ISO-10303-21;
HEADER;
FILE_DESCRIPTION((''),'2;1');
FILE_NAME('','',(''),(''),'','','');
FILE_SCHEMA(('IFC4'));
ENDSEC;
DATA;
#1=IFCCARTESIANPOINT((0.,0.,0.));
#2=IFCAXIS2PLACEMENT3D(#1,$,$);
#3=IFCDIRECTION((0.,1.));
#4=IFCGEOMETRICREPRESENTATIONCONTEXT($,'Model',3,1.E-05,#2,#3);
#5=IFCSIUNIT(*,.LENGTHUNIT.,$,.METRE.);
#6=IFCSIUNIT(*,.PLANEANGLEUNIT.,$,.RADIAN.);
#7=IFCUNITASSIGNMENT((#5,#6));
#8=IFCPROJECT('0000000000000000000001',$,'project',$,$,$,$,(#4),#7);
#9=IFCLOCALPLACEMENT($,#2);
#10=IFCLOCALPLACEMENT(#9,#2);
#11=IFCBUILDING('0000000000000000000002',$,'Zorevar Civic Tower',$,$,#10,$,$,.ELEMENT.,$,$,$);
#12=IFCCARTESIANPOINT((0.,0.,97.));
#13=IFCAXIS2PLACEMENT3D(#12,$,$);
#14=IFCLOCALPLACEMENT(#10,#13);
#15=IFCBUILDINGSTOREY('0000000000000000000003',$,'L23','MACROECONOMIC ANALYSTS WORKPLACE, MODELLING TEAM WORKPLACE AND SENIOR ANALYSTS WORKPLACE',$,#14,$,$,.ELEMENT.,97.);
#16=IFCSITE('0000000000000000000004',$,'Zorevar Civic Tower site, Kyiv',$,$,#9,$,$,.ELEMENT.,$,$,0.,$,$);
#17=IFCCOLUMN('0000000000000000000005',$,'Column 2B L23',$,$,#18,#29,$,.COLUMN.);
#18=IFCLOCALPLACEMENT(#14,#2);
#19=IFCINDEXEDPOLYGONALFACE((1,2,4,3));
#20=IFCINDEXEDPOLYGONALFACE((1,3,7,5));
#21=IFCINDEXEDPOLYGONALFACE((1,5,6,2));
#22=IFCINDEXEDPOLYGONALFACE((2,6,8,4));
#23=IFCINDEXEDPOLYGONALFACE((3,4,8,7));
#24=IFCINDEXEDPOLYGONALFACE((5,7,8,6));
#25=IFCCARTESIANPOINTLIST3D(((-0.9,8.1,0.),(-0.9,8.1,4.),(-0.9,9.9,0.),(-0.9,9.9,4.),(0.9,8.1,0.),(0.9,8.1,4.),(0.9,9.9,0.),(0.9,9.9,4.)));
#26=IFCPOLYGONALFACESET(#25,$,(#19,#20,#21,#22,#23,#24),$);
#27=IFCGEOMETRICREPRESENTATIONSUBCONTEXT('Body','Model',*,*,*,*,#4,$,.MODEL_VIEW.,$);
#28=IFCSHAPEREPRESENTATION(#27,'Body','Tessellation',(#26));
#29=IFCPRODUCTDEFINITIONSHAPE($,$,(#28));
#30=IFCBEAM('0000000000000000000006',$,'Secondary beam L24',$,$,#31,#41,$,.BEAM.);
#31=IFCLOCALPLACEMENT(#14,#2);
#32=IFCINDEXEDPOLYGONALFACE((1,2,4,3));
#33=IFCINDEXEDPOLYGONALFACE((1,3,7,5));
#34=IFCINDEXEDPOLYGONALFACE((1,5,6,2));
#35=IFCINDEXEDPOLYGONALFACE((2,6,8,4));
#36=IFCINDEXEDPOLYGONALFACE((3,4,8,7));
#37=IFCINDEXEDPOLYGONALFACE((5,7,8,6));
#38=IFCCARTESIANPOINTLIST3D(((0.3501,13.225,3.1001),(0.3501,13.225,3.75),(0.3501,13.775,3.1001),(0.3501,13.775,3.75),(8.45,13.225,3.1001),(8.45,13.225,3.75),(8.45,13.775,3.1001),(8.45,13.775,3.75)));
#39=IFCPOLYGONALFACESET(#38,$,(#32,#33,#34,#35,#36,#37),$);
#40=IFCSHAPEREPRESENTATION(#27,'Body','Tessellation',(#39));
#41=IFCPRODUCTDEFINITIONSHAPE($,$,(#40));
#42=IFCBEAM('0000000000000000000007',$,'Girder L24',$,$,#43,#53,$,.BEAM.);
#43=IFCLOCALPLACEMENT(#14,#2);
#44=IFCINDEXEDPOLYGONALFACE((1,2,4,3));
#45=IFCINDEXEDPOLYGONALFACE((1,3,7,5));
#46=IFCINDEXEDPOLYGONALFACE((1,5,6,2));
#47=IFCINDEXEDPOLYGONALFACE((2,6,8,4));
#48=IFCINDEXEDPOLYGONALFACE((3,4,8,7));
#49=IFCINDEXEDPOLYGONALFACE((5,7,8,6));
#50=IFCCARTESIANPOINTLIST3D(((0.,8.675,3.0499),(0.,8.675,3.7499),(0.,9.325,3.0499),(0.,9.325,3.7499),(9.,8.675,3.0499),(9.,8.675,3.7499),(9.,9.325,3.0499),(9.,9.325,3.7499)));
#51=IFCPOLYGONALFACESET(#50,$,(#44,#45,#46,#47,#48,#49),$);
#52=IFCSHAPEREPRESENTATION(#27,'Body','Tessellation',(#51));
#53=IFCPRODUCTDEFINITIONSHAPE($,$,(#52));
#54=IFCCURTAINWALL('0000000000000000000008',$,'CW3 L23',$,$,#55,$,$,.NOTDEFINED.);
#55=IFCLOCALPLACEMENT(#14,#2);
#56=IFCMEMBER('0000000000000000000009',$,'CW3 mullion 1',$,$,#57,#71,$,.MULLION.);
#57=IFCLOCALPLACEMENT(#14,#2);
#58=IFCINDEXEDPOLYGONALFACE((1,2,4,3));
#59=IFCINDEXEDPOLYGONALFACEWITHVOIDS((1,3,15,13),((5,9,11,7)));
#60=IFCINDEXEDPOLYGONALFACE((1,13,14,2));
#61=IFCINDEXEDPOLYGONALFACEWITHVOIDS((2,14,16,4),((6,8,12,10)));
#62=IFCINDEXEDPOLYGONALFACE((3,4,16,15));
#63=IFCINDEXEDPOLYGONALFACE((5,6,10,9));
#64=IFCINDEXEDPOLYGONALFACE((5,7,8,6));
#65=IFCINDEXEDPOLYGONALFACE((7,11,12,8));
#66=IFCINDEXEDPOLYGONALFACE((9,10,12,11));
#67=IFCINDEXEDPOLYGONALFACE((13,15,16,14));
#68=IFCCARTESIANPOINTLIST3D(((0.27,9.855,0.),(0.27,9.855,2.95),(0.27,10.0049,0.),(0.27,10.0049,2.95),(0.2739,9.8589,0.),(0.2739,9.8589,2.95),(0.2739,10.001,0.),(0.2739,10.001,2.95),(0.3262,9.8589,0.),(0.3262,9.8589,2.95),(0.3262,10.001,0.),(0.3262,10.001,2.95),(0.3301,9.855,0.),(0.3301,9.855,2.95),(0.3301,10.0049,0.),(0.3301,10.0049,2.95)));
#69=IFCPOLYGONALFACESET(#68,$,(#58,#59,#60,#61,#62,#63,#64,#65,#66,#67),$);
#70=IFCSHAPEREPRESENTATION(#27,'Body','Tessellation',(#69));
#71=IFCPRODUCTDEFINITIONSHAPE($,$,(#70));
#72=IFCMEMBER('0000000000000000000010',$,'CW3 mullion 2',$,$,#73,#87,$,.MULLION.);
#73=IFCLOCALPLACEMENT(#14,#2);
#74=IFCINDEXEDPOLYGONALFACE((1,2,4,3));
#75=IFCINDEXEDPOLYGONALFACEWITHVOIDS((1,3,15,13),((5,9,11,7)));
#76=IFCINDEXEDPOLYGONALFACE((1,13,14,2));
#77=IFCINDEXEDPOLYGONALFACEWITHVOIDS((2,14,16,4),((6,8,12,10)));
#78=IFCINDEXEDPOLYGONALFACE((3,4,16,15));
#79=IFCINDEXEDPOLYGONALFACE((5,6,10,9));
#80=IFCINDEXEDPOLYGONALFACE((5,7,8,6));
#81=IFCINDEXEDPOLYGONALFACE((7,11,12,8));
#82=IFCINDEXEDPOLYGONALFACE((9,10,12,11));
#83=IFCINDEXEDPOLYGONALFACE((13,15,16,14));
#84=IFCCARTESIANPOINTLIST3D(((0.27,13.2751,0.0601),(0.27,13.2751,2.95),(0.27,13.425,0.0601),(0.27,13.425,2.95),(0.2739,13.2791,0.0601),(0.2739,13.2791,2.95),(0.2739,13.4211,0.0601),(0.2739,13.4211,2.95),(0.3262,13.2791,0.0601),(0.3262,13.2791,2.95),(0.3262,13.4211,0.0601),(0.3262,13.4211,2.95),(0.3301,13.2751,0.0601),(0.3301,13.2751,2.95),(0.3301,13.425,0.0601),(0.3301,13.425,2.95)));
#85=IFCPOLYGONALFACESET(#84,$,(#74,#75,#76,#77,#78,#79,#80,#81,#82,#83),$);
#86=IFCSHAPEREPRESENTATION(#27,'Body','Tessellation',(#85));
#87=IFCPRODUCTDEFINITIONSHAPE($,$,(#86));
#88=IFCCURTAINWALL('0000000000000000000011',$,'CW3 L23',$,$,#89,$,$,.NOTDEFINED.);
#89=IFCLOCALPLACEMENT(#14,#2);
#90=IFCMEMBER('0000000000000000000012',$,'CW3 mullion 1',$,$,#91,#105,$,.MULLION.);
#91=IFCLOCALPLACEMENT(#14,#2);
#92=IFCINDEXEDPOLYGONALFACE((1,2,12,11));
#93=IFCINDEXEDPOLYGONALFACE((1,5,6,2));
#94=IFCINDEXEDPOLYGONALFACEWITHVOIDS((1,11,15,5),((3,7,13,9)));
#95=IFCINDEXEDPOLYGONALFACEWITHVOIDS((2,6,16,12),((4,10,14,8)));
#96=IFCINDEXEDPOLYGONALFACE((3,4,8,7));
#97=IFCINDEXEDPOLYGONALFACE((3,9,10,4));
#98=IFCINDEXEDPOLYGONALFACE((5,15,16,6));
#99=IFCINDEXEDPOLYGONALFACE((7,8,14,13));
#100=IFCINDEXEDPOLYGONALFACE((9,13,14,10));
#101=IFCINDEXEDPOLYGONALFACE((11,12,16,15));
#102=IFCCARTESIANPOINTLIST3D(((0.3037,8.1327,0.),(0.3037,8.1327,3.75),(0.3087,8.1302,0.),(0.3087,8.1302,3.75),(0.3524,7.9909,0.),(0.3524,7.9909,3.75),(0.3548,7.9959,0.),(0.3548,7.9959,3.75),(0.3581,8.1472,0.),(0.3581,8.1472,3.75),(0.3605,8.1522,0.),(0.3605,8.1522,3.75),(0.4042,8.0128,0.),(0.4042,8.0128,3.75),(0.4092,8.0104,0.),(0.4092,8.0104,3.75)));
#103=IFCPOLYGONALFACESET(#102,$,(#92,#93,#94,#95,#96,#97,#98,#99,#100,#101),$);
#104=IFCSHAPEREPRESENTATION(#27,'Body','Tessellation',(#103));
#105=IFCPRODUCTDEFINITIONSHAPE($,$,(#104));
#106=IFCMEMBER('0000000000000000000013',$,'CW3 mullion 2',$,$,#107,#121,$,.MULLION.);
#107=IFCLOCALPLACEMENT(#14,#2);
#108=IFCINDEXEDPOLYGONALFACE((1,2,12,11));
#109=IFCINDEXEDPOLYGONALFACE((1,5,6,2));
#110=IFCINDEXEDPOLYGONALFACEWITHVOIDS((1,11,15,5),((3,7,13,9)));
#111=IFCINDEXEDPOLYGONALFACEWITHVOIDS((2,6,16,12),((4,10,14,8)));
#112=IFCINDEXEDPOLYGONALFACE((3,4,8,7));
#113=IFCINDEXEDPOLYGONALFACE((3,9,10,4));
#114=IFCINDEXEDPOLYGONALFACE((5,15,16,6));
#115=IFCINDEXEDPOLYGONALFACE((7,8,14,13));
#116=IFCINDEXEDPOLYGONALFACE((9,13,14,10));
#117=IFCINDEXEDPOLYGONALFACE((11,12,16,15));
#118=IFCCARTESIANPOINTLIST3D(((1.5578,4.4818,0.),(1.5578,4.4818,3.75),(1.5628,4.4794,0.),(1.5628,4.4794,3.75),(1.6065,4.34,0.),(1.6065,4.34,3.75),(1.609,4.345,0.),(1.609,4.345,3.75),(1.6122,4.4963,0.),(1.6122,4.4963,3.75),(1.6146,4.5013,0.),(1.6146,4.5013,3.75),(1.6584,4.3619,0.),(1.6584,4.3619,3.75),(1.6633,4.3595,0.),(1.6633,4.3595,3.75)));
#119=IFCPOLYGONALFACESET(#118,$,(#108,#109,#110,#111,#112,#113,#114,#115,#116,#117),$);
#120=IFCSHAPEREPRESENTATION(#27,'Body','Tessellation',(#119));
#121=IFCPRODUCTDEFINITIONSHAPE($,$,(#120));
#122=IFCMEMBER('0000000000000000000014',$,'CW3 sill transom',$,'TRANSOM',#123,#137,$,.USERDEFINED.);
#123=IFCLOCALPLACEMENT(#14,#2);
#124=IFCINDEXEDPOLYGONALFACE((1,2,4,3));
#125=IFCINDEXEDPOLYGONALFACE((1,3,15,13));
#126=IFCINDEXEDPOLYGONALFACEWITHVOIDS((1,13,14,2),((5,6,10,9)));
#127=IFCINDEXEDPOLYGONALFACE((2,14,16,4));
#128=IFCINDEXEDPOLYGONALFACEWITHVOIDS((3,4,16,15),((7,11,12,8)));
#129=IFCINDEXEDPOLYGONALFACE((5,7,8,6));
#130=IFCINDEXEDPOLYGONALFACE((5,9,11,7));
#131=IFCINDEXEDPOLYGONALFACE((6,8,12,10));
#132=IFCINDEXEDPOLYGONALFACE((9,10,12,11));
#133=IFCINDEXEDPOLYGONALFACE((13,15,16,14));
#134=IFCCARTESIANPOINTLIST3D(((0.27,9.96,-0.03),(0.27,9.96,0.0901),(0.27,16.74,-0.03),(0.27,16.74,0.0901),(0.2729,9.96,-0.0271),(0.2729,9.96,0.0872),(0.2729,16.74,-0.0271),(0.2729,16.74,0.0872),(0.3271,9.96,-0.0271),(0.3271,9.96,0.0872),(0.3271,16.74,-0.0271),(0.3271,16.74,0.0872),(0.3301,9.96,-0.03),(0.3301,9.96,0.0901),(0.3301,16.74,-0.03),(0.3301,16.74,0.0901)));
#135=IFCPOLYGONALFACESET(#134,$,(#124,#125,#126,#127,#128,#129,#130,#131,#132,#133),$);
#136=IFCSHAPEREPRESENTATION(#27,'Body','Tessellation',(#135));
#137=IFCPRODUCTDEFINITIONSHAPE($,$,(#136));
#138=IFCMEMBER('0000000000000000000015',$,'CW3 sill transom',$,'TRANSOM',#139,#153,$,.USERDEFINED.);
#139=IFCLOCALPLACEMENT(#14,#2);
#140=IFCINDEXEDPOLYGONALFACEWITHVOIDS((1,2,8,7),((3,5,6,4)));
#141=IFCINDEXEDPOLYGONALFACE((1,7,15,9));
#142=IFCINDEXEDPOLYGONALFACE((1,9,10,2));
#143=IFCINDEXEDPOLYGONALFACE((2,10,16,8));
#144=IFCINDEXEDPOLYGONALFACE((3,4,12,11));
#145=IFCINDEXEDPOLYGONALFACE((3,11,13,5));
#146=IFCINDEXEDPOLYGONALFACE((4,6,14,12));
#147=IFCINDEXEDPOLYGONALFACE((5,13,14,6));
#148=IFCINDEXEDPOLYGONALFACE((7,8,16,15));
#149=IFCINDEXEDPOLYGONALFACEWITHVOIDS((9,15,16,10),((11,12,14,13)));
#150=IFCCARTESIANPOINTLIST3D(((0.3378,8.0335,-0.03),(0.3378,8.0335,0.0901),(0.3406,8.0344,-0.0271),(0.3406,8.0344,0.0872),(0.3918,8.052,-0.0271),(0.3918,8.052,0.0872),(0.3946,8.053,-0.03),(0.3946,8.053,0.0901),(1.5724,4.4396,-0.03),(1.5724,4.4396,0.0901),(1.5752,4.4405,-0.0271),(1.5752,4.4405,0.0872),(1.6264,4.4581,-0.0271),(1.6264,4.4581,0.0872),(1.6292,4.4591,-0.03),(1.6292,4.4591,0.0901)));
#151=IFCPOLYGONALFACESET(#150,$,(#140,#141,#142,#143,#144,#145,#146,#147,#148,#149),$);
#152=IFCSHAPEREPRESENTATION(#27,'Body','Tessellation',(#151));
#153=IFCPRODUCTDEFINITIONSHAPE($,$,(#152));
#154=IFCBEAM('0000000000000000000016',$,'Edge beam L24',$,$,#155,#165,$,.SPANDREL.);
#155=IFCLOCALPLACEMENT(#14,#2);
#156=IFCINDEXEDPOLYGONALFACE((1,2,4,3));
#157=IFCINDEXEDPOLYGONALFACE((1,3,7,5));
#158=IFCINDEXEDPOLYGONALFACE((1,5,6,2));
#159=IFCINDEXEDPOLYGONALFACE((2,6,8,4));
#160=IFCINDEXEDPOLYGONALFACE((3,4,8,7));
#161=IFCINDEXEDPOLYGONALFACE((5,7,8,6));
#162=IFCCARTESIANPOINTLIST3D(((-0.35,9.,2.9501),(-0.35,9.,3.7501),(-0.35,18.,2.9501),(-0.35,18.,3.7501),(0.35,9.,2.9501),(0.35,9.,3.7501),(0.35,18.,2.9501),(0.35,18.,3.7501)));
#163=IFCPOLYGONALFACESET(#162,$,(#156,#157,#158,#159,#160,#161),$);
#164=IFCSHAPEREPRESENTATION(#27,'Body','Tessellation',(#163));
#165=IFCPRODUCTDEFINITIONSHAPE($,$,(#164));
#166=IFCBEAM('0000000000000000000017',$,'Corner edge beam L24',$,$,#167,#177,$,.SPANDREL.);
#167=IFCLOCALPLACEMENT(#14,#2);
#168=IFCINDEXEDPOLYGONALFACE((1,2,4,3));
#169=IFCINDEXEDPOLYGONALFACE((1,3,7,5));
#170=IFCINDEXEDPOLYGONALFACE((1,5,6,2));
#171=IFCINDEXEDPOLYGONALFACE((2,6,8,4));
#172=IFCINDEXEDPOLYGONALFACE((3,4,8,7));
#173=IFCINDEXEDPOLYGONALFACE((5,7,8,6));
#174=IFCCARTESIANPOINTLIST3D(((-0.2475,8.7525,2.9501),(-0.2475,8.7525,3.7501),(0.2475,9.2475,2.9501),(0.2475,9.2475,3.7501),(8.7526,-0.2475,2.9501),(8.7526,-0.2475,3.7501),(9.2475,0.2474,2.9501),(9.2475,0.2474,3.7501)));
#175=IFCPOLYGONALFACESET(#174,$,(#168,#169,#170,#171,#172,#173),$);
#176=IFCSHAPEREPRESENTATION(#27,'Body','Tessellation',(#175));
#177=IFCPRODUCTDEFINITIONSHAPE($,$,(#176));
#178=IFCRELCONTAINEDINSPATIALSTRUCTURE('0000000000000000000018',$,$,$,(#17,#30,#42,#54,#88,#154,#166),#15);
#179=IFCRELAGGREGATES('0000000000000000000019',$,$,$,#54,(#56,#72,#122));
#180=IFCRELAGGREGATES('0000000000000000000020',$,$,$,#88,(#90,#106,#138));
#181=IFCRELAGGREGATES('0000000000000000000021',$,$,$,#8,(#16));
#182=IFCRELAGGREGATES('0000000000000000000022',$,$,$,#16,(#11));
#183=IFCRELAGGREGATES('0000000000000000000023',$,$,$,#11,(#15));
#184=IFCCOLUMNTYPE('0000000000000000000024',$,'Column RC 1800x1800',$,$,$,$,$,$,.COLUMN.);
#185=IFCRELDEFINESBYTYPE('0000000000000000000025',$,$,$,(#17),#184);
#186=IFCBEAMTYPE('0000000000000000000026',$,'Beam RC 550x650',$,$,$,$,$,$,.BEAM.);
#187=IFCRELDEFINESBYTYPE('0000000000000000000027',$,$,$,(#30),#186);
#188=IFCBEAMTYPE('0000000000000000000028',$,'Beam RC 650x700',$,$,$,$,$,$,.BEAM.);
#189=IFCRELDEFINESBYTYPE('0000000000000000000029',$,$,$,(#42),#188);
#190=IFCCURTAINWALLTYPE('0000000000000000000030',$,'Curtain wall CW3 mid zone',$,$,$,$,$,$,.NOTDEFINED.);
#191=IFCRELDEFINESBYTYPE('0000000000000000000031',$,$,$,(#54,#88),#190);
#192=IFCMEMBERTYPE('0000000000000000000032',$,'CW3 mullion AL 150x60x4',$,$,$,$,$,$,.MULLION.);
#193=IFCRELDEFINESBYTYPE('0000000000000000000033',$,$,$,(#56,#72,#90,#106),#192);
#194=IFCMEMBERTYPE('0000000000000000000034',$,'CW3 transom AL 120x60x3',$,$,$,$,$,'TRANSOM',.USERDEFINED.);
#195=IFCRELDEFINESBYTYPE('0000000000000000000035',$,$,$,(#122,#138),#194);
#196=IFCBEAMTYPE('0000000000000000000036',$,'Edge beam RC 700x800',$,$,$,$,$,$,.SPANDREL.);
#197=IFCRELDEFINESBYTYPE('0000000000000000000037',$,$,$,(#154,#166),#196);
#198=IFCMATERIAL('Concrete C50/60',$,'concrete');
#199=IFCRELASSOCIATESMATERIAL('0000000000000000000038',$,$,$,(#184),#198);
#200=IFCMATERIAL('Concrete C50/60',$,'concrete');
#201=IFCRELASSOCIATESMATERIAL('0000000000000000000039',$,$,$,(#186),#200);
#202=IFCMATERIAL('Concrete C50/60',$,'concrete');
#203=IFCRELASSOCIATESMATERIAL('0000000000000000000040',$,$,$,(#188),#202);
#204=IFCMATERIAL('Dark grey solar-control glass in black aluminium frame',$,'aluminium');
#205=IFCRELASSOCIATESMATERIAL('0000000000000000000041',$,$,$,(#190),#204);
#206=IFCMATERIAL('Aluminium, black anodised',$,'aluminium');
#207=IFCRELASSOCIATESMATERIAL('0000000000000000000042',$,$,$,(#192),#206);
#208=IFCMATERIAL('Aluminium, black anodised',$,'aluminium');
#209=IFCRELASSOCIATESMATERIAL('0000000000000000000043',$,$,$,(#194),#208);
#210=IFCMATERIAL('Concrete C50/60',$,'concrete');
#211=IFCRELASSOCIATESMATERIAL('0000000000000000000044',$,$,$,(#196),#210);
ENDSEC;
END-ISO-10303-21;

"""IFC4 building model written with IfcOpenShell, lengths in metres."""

from ifc_helpers import new_model, si_unit, direction, frame, origin, origin_2d, place, context, subcontext, project, spatial, rectangle, hollow_rectangle, extrude, material, material_profile, profile_set, type_object, element, aggregate, save


model = new_model("IFC4")

# Units and contexts
model_context = context("Model", 3, precision=1e-05, world=origin(), true_north=direction((0.0, 1.0)))
body_context = subcontext(model_context, "Body", "Model", "MODEL_VIEW")
ifc_project = project(units=[si_unit("LENGTHUNIT", "METRE"), si_unit("PLANEANGLEUNIT", "RADIAN")], contexts=[model_context])

# Site, building, storey
site_placement = place(None, origin())
site = spatial("IfcSite", under=ifc_project, at=site_placement, Name="Zorevar Civic Tower site, Kyiv", CompositionType="ELEMENT", RefElevation=0.0)
building_placement = place(site_placement, origin())
building = spatial("IfcBuilding", under=site, at=building_placement, Name="Zorevar Civic Tower", CompositionType="ELEMENT")
storey_placement = place(building_placement, frame((0.0, 0.0, 97.0)))
storey = spatial("IfcBuildingStorey", under=building, at=storey_placement, Name="L23", Description="MACROECONOMIC ANALYSTS WORKPLACE, MODELLING TEAM WORKPLACE AND SENIOR ANALYSTS WORKPLACE", CompositionType="ELEMENT", Elevation=97.0)

# Column
ifc_material_1 = material(Name="Concrete C50/60", Category="concrete")
ifc_material_profile_1 = material_profile(ifc_material_1, rectangle(XDim=1.8, YDim=1.8, at=origin_2d()), Name="RC 1800x1800")
ifc_profile_set_1 = profile_set([ifc_material_profile_1], Name="Concrete C50/60")
column_type = type_object("IfcColumnType", Name="Column RC 1800x1800", PredefinedType="COLUMN", material=ifc_profile_set_1)
column_placement = place(storey_placement, frame((0.0, 9.0, 0.0), z_axis=(0.0, 0.0, 1.0), x_axis=(1.0, 0.0, 0.0)))
element("IfcColumn", 1, at=column_placement, inside=storey, type_object=column_type, Name="Column 2B L23", PredefinedType="COLUMN", context=body_context, shape_type="SweptSolid", body=[
    extrude(rectangle(XDim=1.8, YDim=1.8, at=origin_2d()), origin(), (0.0, 0.0, 1.0), 4.0),
])

# Beams
ifc_material_2 = material(Name="Concrete C50/60", Category="concrete")
ifc_material_profile_2 = material_profile(ifc_material_2, rectangle(XDim=0.55, YDim=0.6499, at=origin_2d()), Name="RC 550x650")
ifc_profile_set_2 = profile_set([ifc_material_profile_2], Name="Concrete C50/60")
beam_type_1 = type_object("IfcBeamType", Name="Beam RC 550x650", PredefinedType="BEAM", material=ifc_profile_set_2)
beam_1_placement = place(storey_placement, frame((0.3501, 13.5, 3.425), z_axis=(1.0, 0.0, 0.0), x_axis=(0.0, 1.0, 0.0)))
element("IfcBeam", 2, at=beam_1_placement, inside=storey, type_object=beam_type_1, Name="Secondary beam L24", PredefinedType="BEAM", context=body_context, shape_type="SweptSolid", body=[
    extrude(rectangle(XDim=0.55, YDim=0.6499, at=origin_2d()), origin(), (0.0, 0.0, 1.0), 8.0999),
])
ifc_material_3 = material(Name="Concrete C50/60", Category="concrete")
ifc_material_profile_3 = material_profile(ifc_material_3, rectangle(XDim=0.6499, YDim=0.7, at=origin_2d()), Name="RC 650x700")
ifc_profile_set_3 = profile_set([ifc_material_profile_3], Name="Concrete C50/60")
beam_type_2 = type_object("IfcBeamType", Name="Beam RC 650x700", PredefinedType="BEAM", material=ifc_profile_set_3)
beam_2_placement = place(storey_placement, frame((0.0, 9.0, 3.3999), z_axis=(1.0, 0.0, 0.0), x_axis=(0.0, 1.0, 0.0)))
element("IfcBeam", 3, at=beam_2_placement, inside=storey, type_object=beam_type_2, Name="Girder L24", PredefinedType="BEAM", context=body_context, shape_type="SweptSolid", body=[
    extrude(rectangle(XDim=0.6499, YDim=0.7, at=origin_2d()), origin(), (0.0, 0.0, 1.0), 9.0),
])

# Curtain walls, members
ifc_material_4 = material(Name="Dark grey solar-control glass in black aluminium frame", Category="aluminium")
curtain_wall_type = type_object("IfcCurtainWallType", Name="Curtain wall CW3 mid zone", PredefinedType="NOTDEFINED", material=ifc_material_4)
curtain_wall_1_placement = place(storey_placement, origin())
curtain_wall_1 = element("IfcCurtainWall", 4, at=curtain_wall_1_placement, inside=storey, type_object=curtain_wall_type, Name="CW3 L23", PredefinedType="NOTDEFINED")
ifc_material_5 = material(Name="Aluminium, black anodised", Category="aluminium")
ifc_material_profile_4 = material_profile(ifc_material_5, hollow_rectangle(XDim=0.0601, YDim=0.1499, WallThickness=0.0039, at=origin_2d()), Name="AL 150x60x4")
ifc_profile_set_4 = profile_set([ifc_material_profile_4], Name="Aluminium, black anodised")
member_type_1 = type_object("IfcMemberType", Name="CW3 mullion AL 150x60x4", PredefinedType="MULLION", material=ifc_profile_set_4)
member_1_placement = place(storey_placement, frame((0.3, 9.9299, 0.0), z_axis=(0.0, 0.0, 1.0), x_axis=(-1.0, 0.0, 0.0)))
member_1 = element("IfcMember", 5, at=member_1_placement, type_object=member_type_1, Name="CW3 mullion 1", PredefinedType="MULLION", context=body_context, shape_type="SweptSolid", body=[
    extrude(hollow_rectangle(XDim=0.0601, YDim=0.1499, WallThickness=0.0039, at=origin_2d()), origin(), (0.0, 0.0, 1.0), 2.95),
])
member_2_placement = place(storey_placement, frame((0.3, 13.3501, 0.0601), z_axis=(0.0, 0.0, 1.0), x_axis=(-1.0, 0.0, 0.0)))
member_2 = element("IfcMember", 6, at=member_2_placement, type_object=member_type_1, Name="CW3 mullion 2", PredefinedType="MULLION", context=body_context, shape_type="SweptSolid", body=[
    extrude(hollow_rectangle(XDim=0.0601, YDim=0.1499, WallThickness=0.0039, at=origin_2d()), origin(), (0.0, 0.0, 1.0), 2.8899),
])
curtain_wall_2_placement = place(storey_placement, origin())
curtain_wall_2 = element("IfcCurtainWall", 7, at=curtain_wall_2_placement, inside=storey, type_object=curtain_wall_type, Name="CW3 L23", PredefinedType="NOTDEFINED")
member_3_placement = place(storey_placement, frame((0.3564, 8.0715, 0.0), z_axis=(0.0, 0.0, 1.0), x_axis=(0.945756, 0.324878, 0.0)))
member_3 = element("IfcMember", 8, at=member_3_placement, type_object=member_type_1, Name="CW3 mullion 1", PredefinedType="MULLION", context=body_context, shape_type="SweptSolid", body=[
    extrude(hollow_rectangle(XDim=0.0601, YDim=0.1499, WallThickness=0.0039, at=origin_2d()), origin(), (0.0, 0.0, 1.0), 3.75),
])
member_4_placement = place(storey_placement, frame((1.6106, 4.4207, 0.0), z_axis=(0.0, 0.0, 1.0), x_axis=(0.945756, 0.324878, 0.0)))
member_4 = element("IfcMember", 9, at=member_4_placement, type_object=member_type_1, Name="CW3 mullion 2", PredefinedType="MULLION", context=body_context, shape_type="SweptSolid", body=[
    extrude(hollow_rectangle(XDim=0.0601, YDim=0.1499, WallThickness=0.0039, at=origin_2d()), origin(), (0.0, 0.0, 1.0), 3.75),
])

# Members
ifc_material_6 = material(Name="Aluminium, black anodised", Category="aluminium")
ifc_material_profile_5 = material_profile(ifc_material_6, hollow_rectangle(XDim=0.0601, YDim=0.1201, WallThickness=0.0029, at=origin_2d()), Name="AL 120x60x3")
ifc_profile_set_5 = profile_set([ifc_material_profile_5], Name="Aluminium, black anodised")
member_type_2 = type_object("IfcMemberType", Name="CW3 transom AL 120x60x3", ElementType="TRANSOM", PredefinedType="USERDEFINED", material=ifc_profile_set_5)
member_5_placement = place(storey_placement, frame((0.3, 9.96, 0.03), z_axis=(0.0, 1.0, 0.0), x_axis=(-1.0, 0.0, 0.0)))
member_5 = element("IfcMember", 10, at=member_5_placement, type_object=member_type_2, Name="CW3 sill transom", ObjectType="TRANSOM", PredefinedType="USERDEFINED", context=body_context, shape_type="SweptSolid", body=[
    extrude(hollow_rectangle(XDim=0.0601, YDim=0.1201, WallThickness=0.0029, at=origin_2d()), origin(), (0.0, 0.0, 1.0), 6.78),
])
member_6_placement = place(storey_placement, frame((0.3662, 8.0432, 0.03), z_axis=(0.324888, -0.945753, 0.0), x_axis=(0.945753, 0.324888, 0.0)))
member_6 = element("IfcMember", 11, at=member_6_placement, type_object=member_type_2, Name="CW3 sill transom", ObjectType="TRANSOM", PredefinedType="USERDEFINED", context=body_context, shape_type="SweptSolid", body=[
    extrude(hollow_rectangle(XDim=0.0601, YDim=0.1201, WallThickness=0.0029, at=origin_2d()), origin(), (0.0, 0.0, 1.0), 3.8),
])

# Beams
ifc_material_7 = material(Name="Concrete C50/60", Category="concrete")
ifc_material_profile_6 = material_profile(ifc_material_7, rectangle(XDim=0.7, YDim=0.8, at=origin_2d()), Name="RC 700x800")
ifc_profile_set_6 = profile_set([ifc_material_profile_6], Name="Concrete C50/60")
beam_type_3 = type_object("IfcBeamType", Name="Edge beam RC 700x800", PredefinedType="SPANDREL", material=ifc_profile_set_6)
beam_3_placement = place(storey_placement, frame((0.0, 9.0, 3.3501), z_axis=(0.0, 1.0, 0.0), x_axis=(-1.0, 0.0, 0.0)))
element("IfcBeam", 12, at=beam_3_placement, inside=storey, type_object=beam_type_3, Name="Edge beam L24", PredefinedType="SPANDREL", context=body_context, shape_type="SweptSolid", body=[
    extrude(rectangle(XDim=0.7, YDim=0.8, at=origin_2d()), origin(), (0.0, 0.0, 1.0), 9.0),
])
beam_4_placement = place(storey_placement, frame((0.0, 9.0, 3.3501), z_axis=(0.707107, -0.707107, 0.0), x_axis=(0.707107, 0.707107, 0.0)))
element("IfcBeam", 13, at=beam_4_placement, inside=storey, type_object=beam_type_3, Name="Corner edge beam L24", PredefinedType="SPANDREL", context=body_context, shape_type="SweptSolid", body=[
    extrude(rectangle(XDim=0.7, YDim=0.8, at=origin_2d()), origin(), (0.0, 0.0, 1.0), 12.728),
])

aggregate(curtain_wall_1, [member_1, member_2, member_5])
aggregate(curtain_wall_2, [member_3, member_4, member_6])

save(model, "model.ifc")
